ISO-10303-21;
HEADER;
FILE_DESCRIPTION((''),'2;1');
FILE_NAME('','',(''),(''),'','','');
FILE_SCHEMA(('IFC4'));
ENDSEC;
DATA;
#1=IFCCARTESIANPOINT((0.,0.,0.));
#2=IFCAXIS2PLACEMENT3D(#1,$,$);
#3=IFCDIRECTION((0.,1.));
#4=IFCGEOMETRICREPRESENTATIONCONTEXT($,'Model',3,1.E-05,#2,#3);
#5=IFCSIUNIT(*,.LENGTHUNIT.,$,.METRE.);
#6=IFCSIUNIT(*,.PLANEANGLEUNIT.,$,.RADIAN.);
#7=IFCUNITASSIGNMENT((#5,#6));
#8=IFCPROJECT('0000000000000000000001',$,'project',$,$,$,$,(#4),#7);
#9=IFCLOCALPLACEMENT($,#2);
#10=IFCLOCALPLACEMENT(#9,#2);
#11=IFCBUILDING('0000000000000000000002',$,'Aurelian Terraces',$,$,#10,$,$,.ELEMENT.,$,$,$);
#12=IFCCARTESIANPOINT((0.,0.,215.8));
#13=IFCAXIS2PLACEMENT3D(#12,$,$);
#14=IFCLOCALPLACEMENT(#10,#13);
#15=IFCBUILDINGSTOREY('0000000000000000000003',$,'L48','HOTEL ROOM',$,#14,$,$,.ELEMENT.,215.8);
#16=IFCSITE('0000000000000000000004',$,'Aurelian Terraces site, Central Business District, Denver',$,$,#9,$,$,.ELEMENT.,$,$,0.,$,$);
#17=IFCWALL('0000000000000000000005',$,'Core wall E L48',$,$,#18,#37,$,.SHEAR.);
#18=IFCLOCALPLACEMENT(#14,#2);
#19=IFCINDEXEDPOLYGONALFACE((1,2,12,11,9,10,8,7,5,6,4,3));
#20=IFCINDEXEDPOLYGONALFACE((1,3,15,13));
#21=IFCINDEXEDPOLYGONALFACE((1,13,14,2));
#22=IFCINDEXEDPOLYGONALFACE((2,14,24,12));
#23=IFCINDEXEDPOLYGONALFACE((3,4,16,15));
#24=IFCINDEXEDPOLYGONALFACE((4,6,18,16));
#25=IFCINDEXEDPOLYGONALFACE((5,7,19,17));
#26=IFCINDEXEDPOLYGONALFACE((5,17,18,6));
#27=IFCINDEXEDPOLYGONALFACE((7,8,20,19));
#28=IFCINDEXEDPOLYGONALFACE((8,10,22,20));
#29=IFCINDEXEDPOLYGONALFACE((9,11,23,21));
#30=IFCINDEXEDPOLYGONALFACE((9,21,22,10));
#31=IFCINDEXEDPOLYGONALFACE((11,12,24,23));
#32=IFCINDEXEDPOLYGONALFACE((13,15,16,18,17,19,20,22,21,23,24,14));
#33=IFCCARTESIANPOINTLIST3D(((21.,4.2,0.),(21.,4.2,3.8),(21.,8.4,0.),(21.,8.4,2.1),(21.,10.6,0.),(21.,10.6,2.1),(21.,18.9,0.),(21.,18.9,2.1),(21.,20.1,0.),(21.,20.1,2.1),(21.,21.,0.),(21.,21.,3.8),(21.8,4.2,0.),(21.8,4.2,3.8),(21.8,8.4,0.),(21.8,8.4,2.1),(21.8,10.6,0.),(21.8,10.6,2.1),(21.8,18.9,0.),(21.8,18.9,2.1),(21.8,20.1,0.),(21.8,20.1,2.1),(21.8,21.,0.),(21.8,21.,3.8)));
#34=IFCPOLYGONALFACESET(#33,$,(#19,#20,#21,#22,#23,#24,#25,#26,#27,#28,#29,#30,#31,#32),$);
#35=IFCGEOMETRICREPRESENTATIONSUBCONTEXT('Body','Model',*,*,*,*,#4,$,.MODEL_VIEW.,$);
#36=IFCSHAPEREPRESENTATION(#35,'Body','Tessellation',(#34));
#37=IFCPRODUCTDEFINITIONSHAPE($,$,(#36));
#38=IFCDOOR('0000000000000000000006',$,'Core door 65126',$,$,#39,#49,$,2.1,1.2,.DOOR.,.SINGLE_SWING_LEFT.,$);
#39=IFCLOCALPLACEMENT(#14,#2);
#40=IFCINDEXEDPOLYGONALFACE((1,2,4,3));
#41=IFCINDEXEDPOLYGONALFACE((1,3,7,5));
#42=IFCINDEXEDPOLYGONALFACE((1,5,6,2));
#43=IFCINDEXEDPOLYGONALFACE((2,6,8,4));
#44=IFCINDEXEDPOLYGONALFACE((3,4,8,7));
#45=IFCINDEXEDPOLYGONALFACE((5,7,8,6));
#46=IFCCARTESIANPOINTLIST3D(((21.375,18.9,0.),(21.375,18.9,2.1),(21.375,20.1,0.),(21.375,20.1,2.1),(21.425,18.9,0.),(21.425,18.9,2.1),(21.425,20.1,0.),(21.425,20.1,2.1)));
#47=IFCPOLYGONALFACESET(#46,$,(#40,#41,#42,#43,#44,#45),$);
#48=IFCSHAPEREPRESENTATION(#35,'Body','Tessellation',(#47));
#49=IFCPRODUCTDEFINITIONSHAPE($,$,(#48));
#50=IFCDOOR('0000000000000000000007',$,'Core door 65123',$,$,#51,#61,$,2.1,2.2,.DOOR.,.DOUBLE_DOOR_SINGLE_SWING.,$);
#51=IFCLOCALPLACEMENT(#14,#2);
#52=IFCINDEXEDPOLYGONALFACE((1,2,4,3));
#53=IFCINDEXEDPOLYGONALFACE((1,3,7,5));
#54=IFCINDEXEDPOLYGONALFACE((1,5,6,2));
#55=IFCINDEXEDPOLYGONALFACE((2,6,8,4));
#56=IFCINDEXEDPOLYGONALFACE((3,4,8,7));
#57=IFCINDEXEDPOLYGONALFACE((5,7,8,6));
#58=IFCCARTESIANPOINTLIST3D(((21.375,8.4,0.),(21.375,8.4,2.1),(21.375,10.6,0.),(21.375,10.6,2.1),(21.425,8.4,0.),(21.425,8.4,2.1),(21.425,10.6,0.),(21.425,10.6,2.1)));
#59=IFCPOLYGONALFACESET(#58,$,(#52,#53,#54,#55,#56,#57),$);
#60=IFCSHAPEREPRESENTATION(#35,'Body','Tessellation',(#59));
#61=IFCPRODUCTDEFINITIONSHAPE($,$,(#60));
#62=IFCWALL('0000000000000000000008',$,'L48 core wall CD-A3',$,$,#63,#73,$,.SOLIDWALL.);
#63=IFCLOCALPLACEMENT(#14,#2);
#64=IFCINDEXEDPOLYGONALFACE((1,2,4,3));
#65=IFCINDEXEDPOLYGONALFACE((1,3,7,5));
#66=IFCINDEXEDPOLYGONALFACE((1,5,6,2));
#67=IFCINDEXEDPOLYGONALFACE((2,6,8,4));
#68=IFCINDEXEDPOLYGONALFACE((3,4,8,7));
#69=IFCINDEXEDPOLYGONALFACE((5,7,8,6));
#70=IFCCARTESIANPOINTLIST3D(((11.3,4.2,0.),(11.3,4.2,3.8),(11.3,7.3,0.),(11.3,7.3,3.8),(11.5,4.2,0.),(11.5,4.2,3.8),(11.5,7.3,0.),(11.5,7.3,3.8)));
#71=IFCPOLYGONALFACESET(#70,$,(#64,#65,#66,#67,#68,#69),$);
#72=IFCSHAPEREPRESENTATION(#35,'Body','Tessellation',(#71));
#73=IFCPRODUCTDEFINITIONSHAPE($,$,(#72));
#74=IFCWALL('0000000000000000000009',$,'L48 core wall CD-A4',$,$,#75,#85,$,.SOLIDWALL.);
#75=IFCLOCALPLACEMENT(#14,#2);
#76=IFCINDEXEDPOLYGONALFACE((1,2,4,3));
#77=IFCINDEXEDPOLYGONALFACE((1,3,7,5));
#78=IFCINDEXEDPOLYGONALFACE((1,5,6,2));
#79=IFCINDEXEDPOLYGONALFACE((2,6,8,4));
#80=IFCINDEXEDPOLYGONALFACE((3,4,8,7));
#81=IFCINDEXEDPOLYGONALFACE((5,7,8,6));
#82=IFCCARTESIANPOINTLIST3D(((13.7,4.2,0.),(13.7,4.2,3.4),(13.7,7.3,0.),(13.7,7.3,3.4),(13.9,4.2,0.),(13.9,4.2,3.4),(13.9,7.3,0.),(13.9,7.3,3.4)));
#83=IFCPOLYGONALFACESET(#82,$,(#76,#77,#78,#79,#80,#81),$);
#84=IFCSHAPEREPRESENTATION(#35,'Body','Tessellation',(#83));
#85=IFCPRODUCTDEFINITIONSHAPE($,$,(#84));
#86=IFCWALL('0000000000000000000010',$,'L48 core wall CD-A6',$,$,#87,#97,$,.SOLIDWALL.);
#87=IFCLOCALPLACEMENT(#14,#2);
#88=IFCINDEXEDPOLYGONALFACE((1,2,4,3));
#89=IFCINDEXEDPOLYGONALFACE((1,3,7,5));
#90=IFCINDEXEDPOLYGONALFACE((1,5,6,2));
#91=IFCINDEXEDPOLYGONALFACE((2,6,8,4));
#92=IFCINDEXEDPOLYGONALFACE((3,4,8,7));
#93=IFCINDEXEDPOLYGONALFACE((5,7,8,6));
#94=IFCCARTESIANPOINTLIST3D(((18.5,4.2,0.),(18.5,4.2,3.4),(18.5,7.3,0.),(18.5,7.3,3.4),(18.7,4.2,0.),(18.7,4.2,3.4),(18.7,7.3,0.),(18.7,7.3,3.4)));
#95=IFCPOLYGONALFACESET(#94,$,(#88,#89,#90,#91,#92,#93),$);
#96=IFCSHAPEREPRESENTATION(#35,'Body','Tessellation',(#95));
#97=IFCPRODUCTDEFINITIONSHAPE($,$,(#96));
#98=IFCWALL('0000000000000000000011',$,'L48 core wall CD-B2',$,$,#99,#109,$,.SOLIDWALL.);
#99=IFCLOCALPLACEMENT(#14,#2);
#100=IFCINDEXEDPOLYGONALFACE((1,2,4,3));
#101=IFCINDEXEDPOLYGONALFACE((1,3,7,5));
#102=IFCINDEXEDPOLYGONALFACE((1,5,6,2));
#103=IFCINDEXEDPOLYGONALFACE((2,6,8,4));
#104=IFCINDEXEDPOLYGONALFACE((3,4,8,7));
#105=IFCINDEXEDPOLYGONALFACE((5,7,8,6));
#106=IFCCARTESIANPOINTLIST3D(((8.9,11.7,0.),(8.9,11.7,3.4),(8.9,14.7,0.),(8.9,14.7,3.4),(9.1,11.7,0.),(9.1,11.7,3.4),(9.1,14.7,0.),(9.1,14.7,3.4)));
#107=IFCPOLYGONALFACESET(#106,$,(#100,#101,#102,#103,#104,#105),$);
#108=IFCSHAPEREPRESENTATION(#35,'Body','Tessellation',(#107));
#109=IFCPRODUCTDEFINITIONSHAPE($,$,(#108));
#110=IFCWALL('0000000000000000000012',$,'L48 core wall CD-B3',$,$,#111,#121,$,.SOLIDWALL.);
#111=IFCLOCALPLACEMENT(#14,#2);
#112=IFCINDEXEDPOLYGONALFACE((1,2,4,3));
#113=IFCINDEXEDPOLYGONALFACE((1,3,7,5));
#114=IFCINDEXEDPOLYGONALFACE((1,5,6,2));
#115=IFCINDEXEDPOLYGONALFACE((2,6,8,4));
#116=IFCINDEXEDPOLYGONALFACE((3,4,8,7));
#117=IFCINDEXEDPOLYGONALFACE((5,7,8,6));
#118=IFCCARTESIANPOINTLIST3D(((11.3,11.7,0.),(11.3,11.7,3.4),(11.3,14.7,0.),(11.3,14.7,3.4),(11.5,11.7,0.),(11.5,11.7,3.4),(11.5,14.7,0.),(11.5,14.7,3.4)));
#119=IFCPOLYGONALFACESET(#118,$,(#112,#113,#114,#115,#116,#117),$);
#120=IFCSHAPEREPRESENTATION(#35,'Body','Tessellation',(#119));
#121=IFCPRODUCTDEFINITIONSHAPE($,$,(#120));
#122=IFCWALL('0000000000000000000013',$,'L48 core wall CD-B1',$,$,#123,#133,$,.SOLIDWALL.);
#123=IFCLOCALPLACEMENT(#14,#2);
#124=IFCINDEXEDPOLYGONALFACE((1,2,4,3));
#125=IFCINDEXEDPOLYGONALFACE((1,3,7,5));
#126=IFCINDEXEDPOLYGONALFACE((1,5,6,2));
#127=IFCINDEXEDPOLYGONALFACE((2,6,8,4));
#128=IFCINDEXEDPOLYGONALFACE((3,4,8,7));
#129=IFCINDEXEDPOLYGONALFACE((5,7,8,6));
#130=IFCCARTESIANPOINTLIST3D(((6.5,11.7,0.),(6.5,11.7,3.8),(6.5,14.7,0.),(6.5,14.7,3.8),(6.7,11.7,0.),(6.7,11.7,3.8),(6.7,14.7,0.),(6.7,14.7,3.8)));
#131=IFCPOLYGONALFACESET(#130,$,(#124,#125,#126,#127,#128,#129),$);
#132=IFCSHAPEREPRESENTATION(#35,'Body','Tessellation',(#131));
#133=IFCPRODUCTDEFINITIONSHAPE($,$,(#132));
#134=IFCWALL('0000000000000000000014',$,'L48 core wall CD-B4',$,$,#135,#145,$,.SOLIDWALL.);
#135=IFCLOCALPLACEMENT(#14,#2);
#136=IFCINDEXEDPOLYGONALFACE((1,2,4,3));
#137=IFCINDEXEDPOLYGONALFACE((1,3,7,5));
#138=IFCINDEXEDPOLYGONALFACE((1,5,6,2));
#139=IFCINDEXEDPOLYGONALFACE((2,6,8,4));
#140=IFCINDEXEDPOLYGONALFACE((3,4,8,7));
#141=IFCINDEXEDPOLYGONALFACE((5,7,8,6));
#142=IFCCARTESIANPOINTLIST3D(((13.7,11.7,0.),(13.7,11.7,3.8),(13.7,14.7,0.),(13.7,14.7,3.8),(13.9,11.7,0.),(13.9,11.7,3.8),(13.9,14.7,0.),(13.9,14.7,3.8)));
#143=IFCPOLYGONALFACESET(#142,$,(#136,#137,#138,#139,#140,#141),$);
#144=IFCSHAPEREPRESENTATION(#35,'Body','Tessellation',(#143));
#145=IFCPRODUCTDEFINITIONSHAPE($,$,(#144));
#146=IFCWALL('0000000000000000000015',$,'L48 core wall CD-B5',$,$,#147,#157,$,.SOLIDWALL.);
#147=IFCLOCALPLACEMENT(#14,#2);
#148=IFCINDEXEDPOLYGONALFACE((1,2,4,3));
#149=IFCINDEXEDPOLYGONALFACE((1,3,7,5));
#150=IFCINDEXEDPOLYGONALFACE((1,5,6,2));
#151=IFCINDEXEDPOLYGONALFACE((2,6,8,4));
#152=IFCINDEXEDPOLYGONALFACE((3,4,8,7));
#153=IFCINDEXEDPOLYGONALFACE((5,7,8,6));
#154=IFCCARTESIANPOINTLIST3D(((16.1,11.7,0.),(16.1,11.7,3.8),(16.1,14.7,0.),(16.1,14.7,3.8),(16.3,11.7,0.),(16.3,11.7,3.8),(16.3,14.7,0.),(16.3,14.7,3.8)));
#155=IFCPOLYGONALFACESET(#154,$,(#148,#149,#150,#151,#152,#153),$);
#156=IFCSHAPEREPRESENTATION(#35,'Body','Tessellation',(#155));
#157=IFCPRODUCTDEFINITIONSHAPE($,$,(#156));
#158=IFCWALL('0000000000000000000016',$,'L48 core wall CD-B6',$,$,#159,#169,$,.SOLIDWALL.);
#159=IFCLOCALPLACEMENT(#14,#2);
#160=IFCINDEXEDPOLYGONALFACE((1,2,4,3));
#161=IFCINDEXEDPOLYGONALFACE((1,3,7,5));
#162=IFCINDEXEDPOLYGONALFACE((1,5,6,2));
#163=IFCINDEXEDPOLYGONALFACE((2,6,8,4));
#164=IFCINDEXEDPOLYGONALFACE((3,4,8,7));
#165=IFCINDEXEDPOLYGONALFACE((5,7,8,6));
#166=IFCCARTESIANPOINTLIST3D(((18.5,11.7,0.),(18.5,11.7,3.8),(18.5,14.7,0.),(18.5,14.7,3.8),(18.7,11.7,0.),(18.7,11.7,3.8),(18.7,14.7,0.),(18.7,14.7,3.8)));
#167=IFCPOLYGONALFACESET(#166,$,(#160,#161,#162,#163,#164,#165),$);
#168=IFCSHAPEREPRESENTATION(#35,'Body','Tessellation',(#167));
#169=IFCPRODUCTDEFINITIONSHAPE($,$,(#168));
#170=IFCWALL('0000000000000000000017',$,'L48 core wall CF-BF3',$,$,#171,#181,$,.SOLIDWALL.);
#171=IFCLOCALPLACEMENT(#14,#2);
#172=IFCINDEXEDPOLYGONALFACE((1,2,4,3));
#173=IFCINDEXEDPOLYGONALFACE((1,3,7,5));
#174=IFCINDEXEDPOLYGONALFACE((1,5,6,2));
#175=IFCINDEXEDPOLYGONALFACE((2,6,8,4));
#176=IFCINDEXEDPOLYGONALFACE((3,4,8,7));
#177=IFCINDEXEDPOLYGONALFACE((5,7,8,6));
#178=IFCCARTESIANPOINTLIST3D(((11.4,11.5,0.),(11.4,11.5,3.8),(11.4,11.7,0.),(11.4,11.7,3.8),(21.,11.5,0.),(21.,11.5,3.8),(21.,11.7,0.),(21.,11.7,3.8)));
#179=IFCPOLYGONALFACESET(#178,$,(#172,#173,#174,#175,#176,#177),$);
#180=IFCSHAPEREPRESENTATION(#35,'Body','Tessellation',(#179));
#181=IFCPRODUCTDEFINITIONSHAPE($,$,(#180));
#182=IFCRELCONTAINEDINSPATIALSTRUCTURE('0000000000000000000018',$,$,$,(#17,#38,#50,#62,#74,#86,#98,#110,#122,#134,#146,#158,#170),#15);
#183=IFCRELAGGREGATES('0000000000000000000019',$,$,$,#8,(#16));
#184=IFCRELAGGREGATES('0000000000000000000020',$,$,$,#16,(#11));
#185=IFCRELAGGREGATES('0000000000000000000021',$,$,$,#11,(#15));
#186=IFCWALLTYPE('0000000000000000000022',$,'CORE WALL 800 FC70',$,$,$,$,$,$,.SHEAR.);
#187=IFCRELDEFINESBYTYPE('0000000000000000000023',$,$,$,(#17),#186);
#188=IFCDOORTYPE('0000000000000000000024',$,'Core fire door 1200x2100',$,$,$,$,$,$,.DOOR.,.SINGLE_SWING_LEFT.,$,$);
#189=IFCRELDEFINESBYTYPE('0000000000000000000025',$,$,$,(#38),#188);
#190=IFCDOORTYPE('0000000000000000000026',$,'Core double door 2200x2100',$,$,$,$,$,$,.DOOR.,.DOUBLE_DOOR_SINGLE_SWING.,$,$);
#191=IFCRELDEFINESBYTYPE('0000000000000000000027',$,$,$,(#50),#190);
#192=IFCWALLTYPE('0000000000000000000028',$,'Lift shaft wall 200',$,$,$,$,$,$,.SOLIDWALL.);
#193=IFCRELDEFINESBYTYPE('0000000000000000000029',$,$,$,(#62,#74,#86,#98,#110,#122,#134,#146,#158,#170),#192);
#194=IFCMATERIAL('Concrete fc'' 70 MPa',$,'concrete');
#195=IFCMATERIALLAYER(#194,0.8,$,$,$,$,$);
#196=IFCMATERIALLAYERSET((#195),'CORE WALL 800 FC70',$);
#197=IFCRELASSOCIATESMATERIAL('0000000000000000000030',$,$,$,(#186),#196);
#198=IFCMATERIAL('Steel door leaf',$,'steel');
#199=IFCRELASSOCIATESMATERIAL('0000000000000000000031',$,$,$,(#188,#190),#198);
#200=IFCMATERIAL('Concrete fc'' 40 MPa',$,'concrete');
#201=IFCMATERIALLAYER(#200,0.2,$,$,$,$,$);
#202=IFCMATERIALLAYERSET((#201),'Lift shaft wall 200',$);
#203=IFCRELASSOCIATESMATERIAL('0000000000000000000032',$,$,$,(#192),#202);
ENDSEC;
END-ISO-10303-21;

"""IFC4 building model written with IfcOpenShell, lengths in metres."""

from ifc_helpers import new_model, si_unit, direction, frame, frame_2d, origin, place, context, subcontext, project, spatial, rectangle, extrude, source, transform, mapped, material, layer, layer_set, type_object, element, fill, save


model = new_model("IFC4")

# Units and contexts
model_context = context("Model", 3, precision=1e-05, world=origin(), true_north=direction((0.0, 1.0)))
body_context = subcontext(model_context, "Body", "Model", "MODEL_VIEW")
ifc_project = project(units=[si_unit("LENGTHUNIT", "METRE"), si_unit("PLANEANGLEUNIT", "RADIAN")], contexts=[model_context])

# Site, building, storey
site_placement = place(None, origin())
site = spatial("IfcSite", under=ifc_project, at=site_placement, Name="Aurelian Terraces site, Central Business District, Denver", CompositionType="ELEMENT", RefElevation=0.0)
building_placement = place(site_placement, origin())
building = spatial("IfcBuilding", under=site, at=building_placement, Name="Aurelian Terraces", CompositionType="ELEMENT")
storey_placement = place(building_placement, frame((0.0, 0.0, 215.8)))
storey = spatial("IfcBuildingStorey", under=building, at=storey_placement, Name="L48", Description="HOTEL ROOM", CompositionType="ELEMENT", Elevation=215.8)

# Wall, openings, doors
ifc_material_1 = material(Name="Concrete fc' 70 MPa", Category="concrete")
ifc_layer_1 = layer(ifc_material_1, 0.8)
ifc_layer_set_1 = layer_set([ifc_layer_1], Name="CORE WALL 800 FC70")
wall_type_1 = type_object("IfcWallType", Name="CORE WALL 800 FC70", PredefinedType="SHEAR", material=ifc_layer_set_1)
shared_shape_1 = source(origin(), body_context, "Body", "SweptSolid", [
    extrude(rectangle(XDim=16.8, YDim=0.8, at=frame_2d((8.4, 0.0))), origin(), (0.0, 0.0, 1.0), 3.8),
])
wall_1_placement = place(storey_placement, frame((21.4, 4.2, 0.0), z_axis=(0.0, 0.0, 1.0), x_axis=(0.0, 1.0, 0.0)))
wall_1 = element("IfcWall", 1, at=wall_1_placement, inside=storey, type_object=wall_type_1, Name="Core wall E L48", PredefinedType="SHEAR", context=body_context, shape_type="MappedRepresentation", body=[
    mapped(shared_shape_1, transform((0.0, 0.0, 0.0), scale=1.0)),
])
shared_shape_2 = source(origin(), body_context, "Body", "SweptSolid", [
    extrude(rectangle(XDim=2.2, YDim=2.1, at=frame_2d((1.1, 1.05))), frame((0.0, 0.41, 0.0), z_axis=(0.0, -1.0, 0.0), x_axis=(1.0, 0.0, 0.0)), (0.0, 0.0, 1.0), 0.82),
])
opening_1_placement = place(wall_1_placement, frame((4.2, 0.0, 0.0)))
opening_1 = element("IfcOpeningElement", 2, at=opening_1_placement, cuts=wall_1, PredefinedType="OPENING", context=body_context, shape_type="MappedRepresentation", body=[
    mapped(shared_shape_2, transform((0.0, 0.0, 0.0), scale=1.0)),
])
shared_shape_3 = source(origin(), body_context, "Body", "SweptSolid", [
    extrude(rectangle(XDim=1.2, YDim=2.1, at=frame_2d((0.6, 1.05))), frame((0.0, 0.41, 0.0), z_axis=(0.0, -1.0, 0.0), x_axis=(1.0, 0.0, 0.0)), (0.0, 0.0, 1.0), 0.82),
])
opening_2_placement = place(wall_1_placement, frame((14.7, 0.0, 0.0)))
opening_2 = element("IfcOpeningElement", 3, at=opening_2_placement, cuts=wall_1, PredefinedType="OPENING", context=body_context, shape_type="MappedRepresentation", body=[
    mapped(shared_shape_3, transform((0.0, 0.0, 0.0), scale=1.0)),
])
ifc_material_2 = material(Name="Steel door leaf", Category="steel")
door_type_1 = type_object("IfcDoorType", Name="Core fire door 1200x2100", OperationType="SINGLE_SWING_LEFT", PredefinedType="DOOR", material=ifc_material_2)
shared_shape_4 = source(origin(), body_context, "Body", "SweptSolid", [
    extrude(rectangle(XDim=1.2, YDim=2.1, at=frame_2d((0.6, 1.05))), frame((0.0, 0.025, 0.0), z_axis=(0.0, -1.0, 0.0), x_axis=(1.0, 0.0, 0.0)), (0.0, 0.0, 1.0), 0.05),
])
door_1_placement = place(opening_2_placement, origin())
door_1 = element("IfcDoor", 4, at=door_1_placement, inside=storey, type_object=door_type_1, Name="Core door 65126", OperationType="SINGLE_SWING_LEFT", OverallHeight=2.1, OverallWidth=1.2, PredefinedType="DOOR", context=body_context, shape_type="MappedRepresentation", body=[
    mapped(shared_shape_4, transform((0.0, 0.0, 0.0), scale=1.0)),
])
fill(opening_2, door_1)
door_type_2 = type_object("IfcDoorType", Name="Core double door 2200x2100", OperationType="DOUBLE_DOOR_SINGLE_SWING", PredefinedType="DOOR", material=ifc_material_2)
shared_shape_5 = source(origin(), body_context, "Body", "SweptSolid", [
    extrude(rectangle(XDim=2.2, YDim=2.1, at=frame_2d((1.1, 1.05))), frame((0.0, 0.025, 0.0), z_axis=(0.0, -1.0, 0.0), x_axis=(1.0, 0.0, 0.0)), (0.0, 0.0, 1.0), 0.05),
])
door_2_placement = place(opening_1_placement, origin())
door_2 = element("IfcDoor", 5, at=door_2_placement, inside=storey, type_object=door_type_2, Name="Core door 65123", OperationType="DOUBLE_DOOR_SINGLE_SWING", OverallHeight=2.1, OverallWidth=2.2, PredefinedType="DOOR", context=body_context, shape_type="MappedRepresentation", body=[
    mapped(shared_shape_5, transform((0.0, 0.0, 0.0), scale=1.0)),
])
fill(opening_1, door_2)

# Walls
ifc_material_3 = material(Name="Concrete fc' 40 MPa", Category="concrete")
ifc_layer_2 = layer(ifc_material_3, 0.2)
ifc_layer_set_2 = layer_set([ifc_layer_2], Name="Lift shaft wall 200")
wall_type_2 = type_object("IfcWallType", Name="Lift shaft wall 200", PredefinedType="SOLIDWALL", material=ifc_layer_set_2)
shared_shape_6 = source(origin(), body_context, "Body", "SweptSolid", [
    extrude(rectangle(XDim=3.1, YDim=0.2, at=frame_2d((1.55, 0.0))), origin(), (0.0, 0.0, 1.0), 3.8),
])
wall_2_placement = place(storey_placement, frame((11.4, 4.2, 0.0), z_axis=(0.0, 0.0, 1.0), x_axis=(0.0, 1.0, 0.0)))
element("IfcWall", 6, at=wall_2_placement, inside=storey, type_object=wall_type_2, Name="L48 core wall CD-A3", PredefinedType="SOLIDWALL", context=body_context, shape_type="MappedRepresentation", body=[
    mapped(shared_shape_6, transform((0.0, 0.0, 0.0), scale=1.0)),
])
shared_shape_7 = source(origin(), body_context, "Body", "SweptSolid", [
    extrude(rectangle(XDim=3.1, YDim=0.2, at=frame_2d((1.55, 0.0))), origin(), (0.0, 0.0, 1.0), 3.4),
])
for number, where, z_axis, x_axis, name in (
    (7, (13.8, 4.2, 0.0), (0.0, 0.0, 1.0), (0.0, 1.0, 0.0), "L48 core wall CD-A4"),
    (8, (18.6, 4.2, 0.0), (0.0, 0.0, 1.0), (0.0, 1.0, 0.0), "L48 core wall CD-A6"),
):
    element("IfcWall", number, at=place(storey_placement, frame(where, z_axis=z_axis, x_axis=x_axis)), inside=storey, type_object=wall_type_2, Name=name, PredefinedType="SOLIDWALL", context=body_context, shape_type="MappedRepresentation", body=[
        mapped(shared_shape_7, transform((0.0, 0.0, 0.0), scale=1.0)),
    ])
shared_shape_8 = source(origin(), body_context, "Body", "SweptSolid", [
    extrude(rectangle(XDim=3.0, YDim=0.2, at=frame_2d((1.5, 0.0))), origin(), (0.0, 0.0, 1.0), 3.4),
])
for number, where, z_axis, x_axis, name in (
    (9, (9.0, 11.7, 0.0), (0.0, 0.0, 1.0), (0.0, 1.0, 0.0), "L48 core wall CD-B2"),
    (10, (11.4, 11.7, 0.0), (0.0, 0.0, 1.0), (0.0, 1.0, 0.0), "L48 core wall CD-B3"),
):
    element("IfcWall", number, at=place(storey_placement, frame(where, z_axis=z_axis, x_axis=x_axis)), inside=storey, type_object=wall_type_2, Name=name, PredefinedType="SOLIDWALL", context=body_context, shape_type="MappedRepresentation", body=[
        mapped(shared_shape_8, transform((0.0, 0.0, 0.0), scale=1.0)),
    ])
shared_shape_9 = source(origin(), body_context, "Body", "SweptSolid", [
    extrude(rectangle(XDim=3.0, YDim=0.2, at=frame_2d((1.5, 0.0))), origin(), (0.0, 0.0, 1.0), 3.8),
])
for number, where, z_axis, x_axis, name in (
    (11, (6.6, 11.7, 0.0), (0.0, 0.0, 1.0), (0.0, 1.0, 0.0), "L48 core wall CD-B1"),
    (12, (13.8, 11.7, 0.0), (0.0, 0.0, 1.0), (0.0, 1.0, 0.0), "L48 core wall CD-B4"),
    (13, (16.2, 11.7, 0.0), (0.0, 0.0, 1.0), (0.0, 1.0, 0.0), "L48 core wall CD-B5"),
    (14, (18.6, 11.7, 0.0), (0.0, 0.0, 1.0), (0.0, 1.0, 0.0), "L48 core wall CD-B6"),
):
    element("IfcWall", number, at=place(storey_placement, frame(where, z_axis=z_axis, x_axis=x_axis)), inside=storey, type_object=wall_type_2, Name=name, PredefinedType="SOLIDWALL", context=body_context, shape_type="MappedRepresentation", body=[
        mapped(shared_shape_9, transform((0.0, 0.0, 0.0), scale=1.0)),
    ])
shared_shape_10 = source(origin(), body_context, "Body", "SweptSolid", [
    extrude(rectangle(XDim=9.6, YDim=0.2, at=frame_2d((4.8, 0.0))), origin(), (0.0, 0.0, 1.0), 3.8),
])
wall_3_placement = place(storey_placement, frame((11.4, 11.6, 0.0), z_axis=(0.0, 0.0, 1.0), x_axis=(1.0, 0.0, 0.0)))
element("IfcWall", 15, at=wall_3_placement, inside=storey, type_object=wall_type_2, Name="L48 core wall CF-BF3", PredefinedType="SOLIDWALL", context=body_context, shape_type="MappedRepresentation", body=[
    mapped(shared_shape_10, transform((0.0, 0.0, 0.0), scale=1.0)),
])

save(model, "model.ifc")
